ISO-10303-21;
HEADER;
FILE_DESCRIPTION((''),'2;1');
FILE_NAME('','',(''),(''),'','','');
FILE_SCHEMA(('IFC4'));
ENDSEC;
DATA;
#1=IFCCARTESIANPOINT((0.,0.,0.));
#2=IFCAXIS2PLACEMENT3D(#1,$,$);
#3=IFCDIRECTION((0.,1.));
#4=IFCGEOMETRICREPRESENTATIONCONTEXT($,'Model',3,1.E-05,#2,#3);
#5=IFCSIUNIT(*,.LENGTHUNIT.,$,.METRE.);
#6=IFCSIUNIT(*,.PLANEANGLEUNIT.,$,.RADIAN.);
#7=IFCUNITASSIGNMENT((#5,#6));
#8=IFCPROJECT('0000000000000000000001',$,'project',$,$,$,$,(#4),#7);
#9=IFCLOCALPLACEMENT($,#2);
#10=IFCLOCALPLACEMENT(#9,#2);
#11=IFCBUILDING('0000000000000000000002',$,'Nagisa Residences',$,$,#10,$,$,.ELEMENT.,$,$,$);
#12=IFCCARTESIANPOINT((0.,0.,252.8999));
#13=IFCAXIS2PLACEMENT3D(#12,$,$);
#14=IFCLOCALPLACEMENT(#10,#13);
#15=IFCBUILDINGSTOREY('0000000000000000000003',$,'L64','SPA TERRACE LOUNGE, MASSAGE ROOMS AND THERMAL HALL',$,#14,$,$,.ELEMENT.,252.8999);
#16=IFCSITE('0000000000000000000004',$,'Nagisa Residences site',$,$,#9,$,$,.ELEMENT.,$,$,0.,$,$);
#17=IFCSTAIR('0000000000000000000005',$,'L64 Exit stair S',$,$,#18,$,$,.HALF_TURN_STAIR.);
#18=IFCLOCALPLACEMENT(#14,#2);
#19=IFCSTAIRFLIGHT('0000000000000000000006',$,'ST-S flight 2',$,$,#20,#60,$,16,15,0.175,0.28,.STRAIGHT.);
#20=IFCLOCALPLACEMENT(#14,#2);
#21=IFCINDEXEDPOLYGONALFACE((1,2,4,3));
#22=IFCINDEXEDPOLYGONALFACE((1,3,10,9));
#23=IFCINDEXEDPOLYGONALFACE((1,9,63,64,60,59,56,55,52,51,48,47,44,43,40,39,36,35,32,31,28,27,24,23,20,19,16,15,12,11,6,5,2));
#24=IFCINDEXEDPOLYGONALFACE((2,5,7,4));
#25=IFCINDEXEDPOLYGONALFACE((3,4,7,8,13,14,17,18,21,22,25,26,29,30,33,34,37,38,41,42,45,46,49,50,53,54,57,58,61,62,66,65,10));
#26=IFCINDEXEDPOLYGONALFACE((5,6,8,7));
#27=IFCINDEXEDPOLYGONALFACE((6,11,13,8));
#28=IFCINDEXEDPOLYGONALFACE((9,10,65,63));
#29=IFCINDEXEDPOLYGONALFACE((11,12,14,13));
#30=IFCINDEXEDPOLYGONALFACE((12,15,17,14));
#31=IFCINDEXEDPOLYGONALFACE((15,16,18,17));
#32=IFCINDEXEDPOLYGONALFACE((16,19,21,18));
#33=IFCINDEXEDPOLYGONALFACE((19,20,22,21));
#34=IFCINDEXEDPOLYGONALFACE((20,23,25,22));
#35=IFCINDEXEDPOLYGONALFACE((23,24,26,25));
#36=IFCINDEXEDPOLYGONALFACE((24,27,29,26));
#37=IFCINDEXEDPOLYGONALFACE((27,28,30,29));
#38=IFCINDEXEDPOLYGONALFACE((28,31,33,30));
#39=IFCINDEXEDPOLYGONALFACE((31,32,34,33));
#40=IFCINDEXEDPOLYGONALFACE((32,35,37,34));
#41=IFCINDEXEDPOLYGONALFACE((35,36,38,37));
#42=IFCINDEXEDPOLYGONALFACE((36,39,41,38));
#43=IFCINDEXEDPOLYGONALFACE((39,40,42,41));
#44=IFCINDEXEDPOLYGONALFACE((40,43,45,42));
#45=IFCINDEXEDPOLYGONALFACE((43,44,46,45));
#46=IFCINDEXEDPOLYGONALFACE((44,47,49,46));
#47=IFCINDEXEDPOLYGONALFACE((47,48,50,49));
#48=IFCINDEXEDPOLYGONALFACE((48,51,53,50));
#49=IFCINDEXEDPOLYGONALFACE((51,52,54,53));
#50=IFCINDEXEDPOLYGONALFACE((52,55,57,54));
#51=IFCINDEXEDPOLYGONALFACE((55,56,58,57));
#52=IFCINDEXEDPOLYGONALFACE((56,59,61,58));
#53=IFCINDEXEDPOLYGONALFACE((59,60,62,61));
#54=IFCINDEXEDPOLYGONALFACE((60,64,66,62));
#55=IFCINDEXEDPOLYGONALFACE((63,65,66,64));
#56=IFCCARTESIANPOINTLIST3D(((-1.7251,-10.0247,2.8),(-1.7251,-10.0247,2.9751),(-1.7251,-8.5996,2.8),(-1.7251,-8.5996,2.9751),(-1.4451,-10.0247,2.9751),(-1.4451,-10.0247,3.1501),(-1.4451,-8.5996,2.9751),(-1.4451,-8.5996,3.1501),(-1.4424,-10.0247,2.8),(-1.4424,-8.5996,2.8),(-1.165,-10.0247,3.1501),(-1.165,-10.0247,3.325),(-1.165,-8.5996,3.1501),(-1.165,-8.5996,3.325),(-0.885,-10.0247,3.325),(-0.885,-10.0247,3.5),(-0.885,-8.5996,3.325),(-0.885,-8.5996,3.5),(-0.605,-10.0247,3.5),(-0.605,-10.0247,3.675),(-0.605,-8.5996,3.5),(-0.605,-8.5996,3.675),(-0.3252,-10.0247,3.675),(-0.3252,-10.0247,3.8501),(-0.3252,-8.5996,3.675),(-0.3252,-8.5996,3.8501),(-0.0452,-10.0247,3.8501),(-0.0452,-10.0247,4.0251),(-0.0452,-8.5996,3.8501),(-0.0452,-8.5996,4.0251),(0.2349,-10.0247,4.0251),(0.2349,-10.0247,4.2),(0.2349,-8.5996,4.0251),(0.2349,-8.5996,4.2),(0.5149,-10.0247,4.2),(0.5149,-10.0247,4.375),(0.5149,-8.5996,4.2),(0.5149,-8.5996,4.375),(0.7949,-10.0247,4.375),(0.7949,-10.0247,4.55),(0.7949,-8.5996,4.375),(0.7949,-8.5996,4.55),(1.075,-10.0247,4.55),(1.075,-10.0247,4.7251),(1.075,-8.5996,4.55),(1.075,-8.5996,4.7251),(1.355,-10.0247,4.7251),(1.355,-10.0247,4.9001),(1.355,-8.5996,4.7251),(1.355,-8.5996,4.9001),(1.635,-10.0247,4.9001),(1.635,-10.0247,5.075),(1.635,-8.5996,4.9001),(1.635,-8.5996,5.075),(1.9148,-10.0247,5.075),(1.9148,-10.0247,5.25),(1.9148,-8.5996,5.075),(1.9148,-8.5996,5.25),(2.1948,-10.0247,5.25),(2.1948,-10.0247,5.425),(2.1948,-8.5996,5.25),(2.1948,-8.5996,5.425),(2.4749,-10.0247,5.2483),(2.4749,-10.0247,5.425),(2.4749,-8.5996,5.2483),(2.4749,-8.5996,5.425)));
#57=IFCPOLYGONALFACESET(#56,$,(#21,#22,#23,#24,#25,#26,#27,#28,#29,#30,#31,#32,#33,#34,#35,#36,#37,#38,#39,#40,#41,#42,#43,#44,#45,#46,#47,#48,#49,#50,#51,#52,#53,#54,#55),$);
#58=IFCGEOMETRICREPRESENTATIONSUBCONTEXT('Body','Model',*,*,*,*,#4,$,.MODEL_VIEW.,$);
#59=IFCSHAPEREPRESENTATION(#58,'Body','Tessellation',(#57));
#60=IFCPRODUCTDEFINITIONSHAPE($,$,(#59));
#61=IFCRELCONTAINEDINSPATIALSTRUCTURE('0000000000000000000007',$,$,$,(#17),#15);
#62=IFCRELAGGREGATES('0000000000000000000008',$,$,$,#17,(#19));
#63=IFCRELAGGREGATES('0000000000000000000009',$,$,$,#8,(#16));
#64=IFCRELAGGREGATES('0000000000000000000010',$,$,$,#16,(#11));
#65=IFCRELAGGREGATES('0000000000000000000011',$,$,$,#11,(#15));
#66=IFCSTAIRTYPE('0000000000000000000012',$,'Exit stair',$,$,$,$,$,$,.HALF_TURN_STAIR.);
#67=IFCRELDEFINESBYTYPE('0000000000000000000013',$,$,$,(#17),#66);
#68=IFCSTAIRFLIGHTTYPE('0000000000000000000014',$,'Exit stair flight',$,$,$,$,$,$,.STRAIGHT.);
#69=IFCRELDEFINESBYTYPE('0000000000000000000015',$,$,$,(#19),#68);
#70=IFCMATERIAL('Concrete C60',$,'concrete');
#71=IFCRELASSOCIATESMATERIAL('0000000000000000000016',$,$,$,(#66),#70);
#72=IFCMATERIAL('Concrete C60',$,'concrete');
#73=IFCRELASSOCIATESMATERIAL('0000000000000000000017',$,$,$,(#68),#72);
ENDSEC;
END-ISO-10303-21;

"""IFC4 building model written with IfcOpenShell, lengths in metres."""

from ifc_helpers import new_model, si_unit, direction, frame, origin, place, context, subcontext, project, spatial, polyline, outline, extrude, material, type_object, element, aggregate, save


model = new_model("IFC4")

# Units and contexts
model_context = context("Model", 3, precision=1e-05, world=origin(), true_north=direction((0.0, 1.0)))
body_context = subcontext(model_context, "Body", "Model", "MODEL_VIEW")
ifc_project = project(units=[si_unit("LENGTHUNIT", "METRE"), si_unit("PLANEANGLEUNIT", "RADIAN")], contexts=[model_context])

# Site, building, storey
site_placement = place(None, origin())
site = spatial("IfcSite", under=ifc_project, at=site_placement, Name="Nagisa Residences site", CompositionType="ELEMENT", RefElevation=0.0)
building_placement = place(site_placement, origin())
building = spatial("IfcBuilding", under=site, at=building_placement, Name="Nagisa Residences", CompositionType="ELEMENT")
storey_placement = place(building_placement, frame((0.0, 0.0, 252.8999)))
storey = spatial("IfcBuildingStorey", under=building, at=storey_placement, Name="L64", Description="SPA TERRACE LOUNGE, MASSAGE ROOMS AND THERMAL HALL", CompositionType="ELEMENT", Elevation=252.8999)

# Stair, stair flight
ifc_material_1 = material(Name="Concrete C60", Category="concrete")
stair_type = type_object("IfcStairType", Name="Exit stair", PredefinedType="HALF_TURN_STAIR", material=ifc_material_1)
ifc_material_2 = material(Name="Concrete C60", Category="concrete")
stair_flight_type = type_object("IfcStairFlightType", Name="Exit stair flight", PredefinedType="STRAIGHT", material=ifc_material_2)
stair_1_placement = place(storey_placement, origin())
stair_1 = element("IfcStair", 1, at=stair_1_placement, inside=storey, type_object=stair_type, Name="L64 Exit stair S", PredefinedType="HALF_TURN_STAIR")
stair_flight_1_placement = place(storey_placement, frame((-1.7251, -9.312, 2.8), z_axis=(0.0, 0.0, 1.0), x_axis=(1.0, 0.0, 0.0)))
stair_flight_1 = element("IfcStairFlight", 2, at=stair_flight_1_placement, type_object=stair_flight_type, Name="ST-S flight 2", NumberOfRisers=16, NumberOfTreads=15, PredefinedType="STRAIGHT", RiserHeight=0.175, TreadLength=0.28, context=body_context, shape_type="SweptSolid", body=[
    extrude(outline(polyline([(0.0, 0.0), (0.0, 0.175), (0.28, 0.175), (0.28, 0.3501), (0.5601, 0.3501), (0.5601, 0.5249), (0.8401, 0.5249), (0.8401, 0.7), (1.1201, 0.7), (1.1201, 0.875), (1.3999, 0.875), (1.3999, 1.05), (1.6799, 1.05), (1.6799, 1.2251), (1.96, 1.2251), (1.96, 1.3999), (2.24, 1.3999), (2.24, 1.575), (2.52, 1.575), (2.52, 1.75), (2.8, 1.75), (2.8, 1.925), (3.0801, 1.925), (3.0801, 2.1001), (3.3601, 2.1001), (3.3601, 2.2749), (3.6399, 2.2749), (3.6399, 2.45), (3.9199, 2.45), (3.9199, 2.625), (4.2, 2.625), (4.2, 2.8), (4.2, 2.4482), (0.2827, 0.0), (0.0, 0.0)])), frame((0.0, 0.7124, 0.0), z_axis=(0.0, -1.0, 0.0), x_axis=(1.0, 0.0, 0.0)), (0.0, 0.0, 1.0), 1.425),
])
aggregate(stair_1, [stair_flight_1])

save(model, "model.ifc")
